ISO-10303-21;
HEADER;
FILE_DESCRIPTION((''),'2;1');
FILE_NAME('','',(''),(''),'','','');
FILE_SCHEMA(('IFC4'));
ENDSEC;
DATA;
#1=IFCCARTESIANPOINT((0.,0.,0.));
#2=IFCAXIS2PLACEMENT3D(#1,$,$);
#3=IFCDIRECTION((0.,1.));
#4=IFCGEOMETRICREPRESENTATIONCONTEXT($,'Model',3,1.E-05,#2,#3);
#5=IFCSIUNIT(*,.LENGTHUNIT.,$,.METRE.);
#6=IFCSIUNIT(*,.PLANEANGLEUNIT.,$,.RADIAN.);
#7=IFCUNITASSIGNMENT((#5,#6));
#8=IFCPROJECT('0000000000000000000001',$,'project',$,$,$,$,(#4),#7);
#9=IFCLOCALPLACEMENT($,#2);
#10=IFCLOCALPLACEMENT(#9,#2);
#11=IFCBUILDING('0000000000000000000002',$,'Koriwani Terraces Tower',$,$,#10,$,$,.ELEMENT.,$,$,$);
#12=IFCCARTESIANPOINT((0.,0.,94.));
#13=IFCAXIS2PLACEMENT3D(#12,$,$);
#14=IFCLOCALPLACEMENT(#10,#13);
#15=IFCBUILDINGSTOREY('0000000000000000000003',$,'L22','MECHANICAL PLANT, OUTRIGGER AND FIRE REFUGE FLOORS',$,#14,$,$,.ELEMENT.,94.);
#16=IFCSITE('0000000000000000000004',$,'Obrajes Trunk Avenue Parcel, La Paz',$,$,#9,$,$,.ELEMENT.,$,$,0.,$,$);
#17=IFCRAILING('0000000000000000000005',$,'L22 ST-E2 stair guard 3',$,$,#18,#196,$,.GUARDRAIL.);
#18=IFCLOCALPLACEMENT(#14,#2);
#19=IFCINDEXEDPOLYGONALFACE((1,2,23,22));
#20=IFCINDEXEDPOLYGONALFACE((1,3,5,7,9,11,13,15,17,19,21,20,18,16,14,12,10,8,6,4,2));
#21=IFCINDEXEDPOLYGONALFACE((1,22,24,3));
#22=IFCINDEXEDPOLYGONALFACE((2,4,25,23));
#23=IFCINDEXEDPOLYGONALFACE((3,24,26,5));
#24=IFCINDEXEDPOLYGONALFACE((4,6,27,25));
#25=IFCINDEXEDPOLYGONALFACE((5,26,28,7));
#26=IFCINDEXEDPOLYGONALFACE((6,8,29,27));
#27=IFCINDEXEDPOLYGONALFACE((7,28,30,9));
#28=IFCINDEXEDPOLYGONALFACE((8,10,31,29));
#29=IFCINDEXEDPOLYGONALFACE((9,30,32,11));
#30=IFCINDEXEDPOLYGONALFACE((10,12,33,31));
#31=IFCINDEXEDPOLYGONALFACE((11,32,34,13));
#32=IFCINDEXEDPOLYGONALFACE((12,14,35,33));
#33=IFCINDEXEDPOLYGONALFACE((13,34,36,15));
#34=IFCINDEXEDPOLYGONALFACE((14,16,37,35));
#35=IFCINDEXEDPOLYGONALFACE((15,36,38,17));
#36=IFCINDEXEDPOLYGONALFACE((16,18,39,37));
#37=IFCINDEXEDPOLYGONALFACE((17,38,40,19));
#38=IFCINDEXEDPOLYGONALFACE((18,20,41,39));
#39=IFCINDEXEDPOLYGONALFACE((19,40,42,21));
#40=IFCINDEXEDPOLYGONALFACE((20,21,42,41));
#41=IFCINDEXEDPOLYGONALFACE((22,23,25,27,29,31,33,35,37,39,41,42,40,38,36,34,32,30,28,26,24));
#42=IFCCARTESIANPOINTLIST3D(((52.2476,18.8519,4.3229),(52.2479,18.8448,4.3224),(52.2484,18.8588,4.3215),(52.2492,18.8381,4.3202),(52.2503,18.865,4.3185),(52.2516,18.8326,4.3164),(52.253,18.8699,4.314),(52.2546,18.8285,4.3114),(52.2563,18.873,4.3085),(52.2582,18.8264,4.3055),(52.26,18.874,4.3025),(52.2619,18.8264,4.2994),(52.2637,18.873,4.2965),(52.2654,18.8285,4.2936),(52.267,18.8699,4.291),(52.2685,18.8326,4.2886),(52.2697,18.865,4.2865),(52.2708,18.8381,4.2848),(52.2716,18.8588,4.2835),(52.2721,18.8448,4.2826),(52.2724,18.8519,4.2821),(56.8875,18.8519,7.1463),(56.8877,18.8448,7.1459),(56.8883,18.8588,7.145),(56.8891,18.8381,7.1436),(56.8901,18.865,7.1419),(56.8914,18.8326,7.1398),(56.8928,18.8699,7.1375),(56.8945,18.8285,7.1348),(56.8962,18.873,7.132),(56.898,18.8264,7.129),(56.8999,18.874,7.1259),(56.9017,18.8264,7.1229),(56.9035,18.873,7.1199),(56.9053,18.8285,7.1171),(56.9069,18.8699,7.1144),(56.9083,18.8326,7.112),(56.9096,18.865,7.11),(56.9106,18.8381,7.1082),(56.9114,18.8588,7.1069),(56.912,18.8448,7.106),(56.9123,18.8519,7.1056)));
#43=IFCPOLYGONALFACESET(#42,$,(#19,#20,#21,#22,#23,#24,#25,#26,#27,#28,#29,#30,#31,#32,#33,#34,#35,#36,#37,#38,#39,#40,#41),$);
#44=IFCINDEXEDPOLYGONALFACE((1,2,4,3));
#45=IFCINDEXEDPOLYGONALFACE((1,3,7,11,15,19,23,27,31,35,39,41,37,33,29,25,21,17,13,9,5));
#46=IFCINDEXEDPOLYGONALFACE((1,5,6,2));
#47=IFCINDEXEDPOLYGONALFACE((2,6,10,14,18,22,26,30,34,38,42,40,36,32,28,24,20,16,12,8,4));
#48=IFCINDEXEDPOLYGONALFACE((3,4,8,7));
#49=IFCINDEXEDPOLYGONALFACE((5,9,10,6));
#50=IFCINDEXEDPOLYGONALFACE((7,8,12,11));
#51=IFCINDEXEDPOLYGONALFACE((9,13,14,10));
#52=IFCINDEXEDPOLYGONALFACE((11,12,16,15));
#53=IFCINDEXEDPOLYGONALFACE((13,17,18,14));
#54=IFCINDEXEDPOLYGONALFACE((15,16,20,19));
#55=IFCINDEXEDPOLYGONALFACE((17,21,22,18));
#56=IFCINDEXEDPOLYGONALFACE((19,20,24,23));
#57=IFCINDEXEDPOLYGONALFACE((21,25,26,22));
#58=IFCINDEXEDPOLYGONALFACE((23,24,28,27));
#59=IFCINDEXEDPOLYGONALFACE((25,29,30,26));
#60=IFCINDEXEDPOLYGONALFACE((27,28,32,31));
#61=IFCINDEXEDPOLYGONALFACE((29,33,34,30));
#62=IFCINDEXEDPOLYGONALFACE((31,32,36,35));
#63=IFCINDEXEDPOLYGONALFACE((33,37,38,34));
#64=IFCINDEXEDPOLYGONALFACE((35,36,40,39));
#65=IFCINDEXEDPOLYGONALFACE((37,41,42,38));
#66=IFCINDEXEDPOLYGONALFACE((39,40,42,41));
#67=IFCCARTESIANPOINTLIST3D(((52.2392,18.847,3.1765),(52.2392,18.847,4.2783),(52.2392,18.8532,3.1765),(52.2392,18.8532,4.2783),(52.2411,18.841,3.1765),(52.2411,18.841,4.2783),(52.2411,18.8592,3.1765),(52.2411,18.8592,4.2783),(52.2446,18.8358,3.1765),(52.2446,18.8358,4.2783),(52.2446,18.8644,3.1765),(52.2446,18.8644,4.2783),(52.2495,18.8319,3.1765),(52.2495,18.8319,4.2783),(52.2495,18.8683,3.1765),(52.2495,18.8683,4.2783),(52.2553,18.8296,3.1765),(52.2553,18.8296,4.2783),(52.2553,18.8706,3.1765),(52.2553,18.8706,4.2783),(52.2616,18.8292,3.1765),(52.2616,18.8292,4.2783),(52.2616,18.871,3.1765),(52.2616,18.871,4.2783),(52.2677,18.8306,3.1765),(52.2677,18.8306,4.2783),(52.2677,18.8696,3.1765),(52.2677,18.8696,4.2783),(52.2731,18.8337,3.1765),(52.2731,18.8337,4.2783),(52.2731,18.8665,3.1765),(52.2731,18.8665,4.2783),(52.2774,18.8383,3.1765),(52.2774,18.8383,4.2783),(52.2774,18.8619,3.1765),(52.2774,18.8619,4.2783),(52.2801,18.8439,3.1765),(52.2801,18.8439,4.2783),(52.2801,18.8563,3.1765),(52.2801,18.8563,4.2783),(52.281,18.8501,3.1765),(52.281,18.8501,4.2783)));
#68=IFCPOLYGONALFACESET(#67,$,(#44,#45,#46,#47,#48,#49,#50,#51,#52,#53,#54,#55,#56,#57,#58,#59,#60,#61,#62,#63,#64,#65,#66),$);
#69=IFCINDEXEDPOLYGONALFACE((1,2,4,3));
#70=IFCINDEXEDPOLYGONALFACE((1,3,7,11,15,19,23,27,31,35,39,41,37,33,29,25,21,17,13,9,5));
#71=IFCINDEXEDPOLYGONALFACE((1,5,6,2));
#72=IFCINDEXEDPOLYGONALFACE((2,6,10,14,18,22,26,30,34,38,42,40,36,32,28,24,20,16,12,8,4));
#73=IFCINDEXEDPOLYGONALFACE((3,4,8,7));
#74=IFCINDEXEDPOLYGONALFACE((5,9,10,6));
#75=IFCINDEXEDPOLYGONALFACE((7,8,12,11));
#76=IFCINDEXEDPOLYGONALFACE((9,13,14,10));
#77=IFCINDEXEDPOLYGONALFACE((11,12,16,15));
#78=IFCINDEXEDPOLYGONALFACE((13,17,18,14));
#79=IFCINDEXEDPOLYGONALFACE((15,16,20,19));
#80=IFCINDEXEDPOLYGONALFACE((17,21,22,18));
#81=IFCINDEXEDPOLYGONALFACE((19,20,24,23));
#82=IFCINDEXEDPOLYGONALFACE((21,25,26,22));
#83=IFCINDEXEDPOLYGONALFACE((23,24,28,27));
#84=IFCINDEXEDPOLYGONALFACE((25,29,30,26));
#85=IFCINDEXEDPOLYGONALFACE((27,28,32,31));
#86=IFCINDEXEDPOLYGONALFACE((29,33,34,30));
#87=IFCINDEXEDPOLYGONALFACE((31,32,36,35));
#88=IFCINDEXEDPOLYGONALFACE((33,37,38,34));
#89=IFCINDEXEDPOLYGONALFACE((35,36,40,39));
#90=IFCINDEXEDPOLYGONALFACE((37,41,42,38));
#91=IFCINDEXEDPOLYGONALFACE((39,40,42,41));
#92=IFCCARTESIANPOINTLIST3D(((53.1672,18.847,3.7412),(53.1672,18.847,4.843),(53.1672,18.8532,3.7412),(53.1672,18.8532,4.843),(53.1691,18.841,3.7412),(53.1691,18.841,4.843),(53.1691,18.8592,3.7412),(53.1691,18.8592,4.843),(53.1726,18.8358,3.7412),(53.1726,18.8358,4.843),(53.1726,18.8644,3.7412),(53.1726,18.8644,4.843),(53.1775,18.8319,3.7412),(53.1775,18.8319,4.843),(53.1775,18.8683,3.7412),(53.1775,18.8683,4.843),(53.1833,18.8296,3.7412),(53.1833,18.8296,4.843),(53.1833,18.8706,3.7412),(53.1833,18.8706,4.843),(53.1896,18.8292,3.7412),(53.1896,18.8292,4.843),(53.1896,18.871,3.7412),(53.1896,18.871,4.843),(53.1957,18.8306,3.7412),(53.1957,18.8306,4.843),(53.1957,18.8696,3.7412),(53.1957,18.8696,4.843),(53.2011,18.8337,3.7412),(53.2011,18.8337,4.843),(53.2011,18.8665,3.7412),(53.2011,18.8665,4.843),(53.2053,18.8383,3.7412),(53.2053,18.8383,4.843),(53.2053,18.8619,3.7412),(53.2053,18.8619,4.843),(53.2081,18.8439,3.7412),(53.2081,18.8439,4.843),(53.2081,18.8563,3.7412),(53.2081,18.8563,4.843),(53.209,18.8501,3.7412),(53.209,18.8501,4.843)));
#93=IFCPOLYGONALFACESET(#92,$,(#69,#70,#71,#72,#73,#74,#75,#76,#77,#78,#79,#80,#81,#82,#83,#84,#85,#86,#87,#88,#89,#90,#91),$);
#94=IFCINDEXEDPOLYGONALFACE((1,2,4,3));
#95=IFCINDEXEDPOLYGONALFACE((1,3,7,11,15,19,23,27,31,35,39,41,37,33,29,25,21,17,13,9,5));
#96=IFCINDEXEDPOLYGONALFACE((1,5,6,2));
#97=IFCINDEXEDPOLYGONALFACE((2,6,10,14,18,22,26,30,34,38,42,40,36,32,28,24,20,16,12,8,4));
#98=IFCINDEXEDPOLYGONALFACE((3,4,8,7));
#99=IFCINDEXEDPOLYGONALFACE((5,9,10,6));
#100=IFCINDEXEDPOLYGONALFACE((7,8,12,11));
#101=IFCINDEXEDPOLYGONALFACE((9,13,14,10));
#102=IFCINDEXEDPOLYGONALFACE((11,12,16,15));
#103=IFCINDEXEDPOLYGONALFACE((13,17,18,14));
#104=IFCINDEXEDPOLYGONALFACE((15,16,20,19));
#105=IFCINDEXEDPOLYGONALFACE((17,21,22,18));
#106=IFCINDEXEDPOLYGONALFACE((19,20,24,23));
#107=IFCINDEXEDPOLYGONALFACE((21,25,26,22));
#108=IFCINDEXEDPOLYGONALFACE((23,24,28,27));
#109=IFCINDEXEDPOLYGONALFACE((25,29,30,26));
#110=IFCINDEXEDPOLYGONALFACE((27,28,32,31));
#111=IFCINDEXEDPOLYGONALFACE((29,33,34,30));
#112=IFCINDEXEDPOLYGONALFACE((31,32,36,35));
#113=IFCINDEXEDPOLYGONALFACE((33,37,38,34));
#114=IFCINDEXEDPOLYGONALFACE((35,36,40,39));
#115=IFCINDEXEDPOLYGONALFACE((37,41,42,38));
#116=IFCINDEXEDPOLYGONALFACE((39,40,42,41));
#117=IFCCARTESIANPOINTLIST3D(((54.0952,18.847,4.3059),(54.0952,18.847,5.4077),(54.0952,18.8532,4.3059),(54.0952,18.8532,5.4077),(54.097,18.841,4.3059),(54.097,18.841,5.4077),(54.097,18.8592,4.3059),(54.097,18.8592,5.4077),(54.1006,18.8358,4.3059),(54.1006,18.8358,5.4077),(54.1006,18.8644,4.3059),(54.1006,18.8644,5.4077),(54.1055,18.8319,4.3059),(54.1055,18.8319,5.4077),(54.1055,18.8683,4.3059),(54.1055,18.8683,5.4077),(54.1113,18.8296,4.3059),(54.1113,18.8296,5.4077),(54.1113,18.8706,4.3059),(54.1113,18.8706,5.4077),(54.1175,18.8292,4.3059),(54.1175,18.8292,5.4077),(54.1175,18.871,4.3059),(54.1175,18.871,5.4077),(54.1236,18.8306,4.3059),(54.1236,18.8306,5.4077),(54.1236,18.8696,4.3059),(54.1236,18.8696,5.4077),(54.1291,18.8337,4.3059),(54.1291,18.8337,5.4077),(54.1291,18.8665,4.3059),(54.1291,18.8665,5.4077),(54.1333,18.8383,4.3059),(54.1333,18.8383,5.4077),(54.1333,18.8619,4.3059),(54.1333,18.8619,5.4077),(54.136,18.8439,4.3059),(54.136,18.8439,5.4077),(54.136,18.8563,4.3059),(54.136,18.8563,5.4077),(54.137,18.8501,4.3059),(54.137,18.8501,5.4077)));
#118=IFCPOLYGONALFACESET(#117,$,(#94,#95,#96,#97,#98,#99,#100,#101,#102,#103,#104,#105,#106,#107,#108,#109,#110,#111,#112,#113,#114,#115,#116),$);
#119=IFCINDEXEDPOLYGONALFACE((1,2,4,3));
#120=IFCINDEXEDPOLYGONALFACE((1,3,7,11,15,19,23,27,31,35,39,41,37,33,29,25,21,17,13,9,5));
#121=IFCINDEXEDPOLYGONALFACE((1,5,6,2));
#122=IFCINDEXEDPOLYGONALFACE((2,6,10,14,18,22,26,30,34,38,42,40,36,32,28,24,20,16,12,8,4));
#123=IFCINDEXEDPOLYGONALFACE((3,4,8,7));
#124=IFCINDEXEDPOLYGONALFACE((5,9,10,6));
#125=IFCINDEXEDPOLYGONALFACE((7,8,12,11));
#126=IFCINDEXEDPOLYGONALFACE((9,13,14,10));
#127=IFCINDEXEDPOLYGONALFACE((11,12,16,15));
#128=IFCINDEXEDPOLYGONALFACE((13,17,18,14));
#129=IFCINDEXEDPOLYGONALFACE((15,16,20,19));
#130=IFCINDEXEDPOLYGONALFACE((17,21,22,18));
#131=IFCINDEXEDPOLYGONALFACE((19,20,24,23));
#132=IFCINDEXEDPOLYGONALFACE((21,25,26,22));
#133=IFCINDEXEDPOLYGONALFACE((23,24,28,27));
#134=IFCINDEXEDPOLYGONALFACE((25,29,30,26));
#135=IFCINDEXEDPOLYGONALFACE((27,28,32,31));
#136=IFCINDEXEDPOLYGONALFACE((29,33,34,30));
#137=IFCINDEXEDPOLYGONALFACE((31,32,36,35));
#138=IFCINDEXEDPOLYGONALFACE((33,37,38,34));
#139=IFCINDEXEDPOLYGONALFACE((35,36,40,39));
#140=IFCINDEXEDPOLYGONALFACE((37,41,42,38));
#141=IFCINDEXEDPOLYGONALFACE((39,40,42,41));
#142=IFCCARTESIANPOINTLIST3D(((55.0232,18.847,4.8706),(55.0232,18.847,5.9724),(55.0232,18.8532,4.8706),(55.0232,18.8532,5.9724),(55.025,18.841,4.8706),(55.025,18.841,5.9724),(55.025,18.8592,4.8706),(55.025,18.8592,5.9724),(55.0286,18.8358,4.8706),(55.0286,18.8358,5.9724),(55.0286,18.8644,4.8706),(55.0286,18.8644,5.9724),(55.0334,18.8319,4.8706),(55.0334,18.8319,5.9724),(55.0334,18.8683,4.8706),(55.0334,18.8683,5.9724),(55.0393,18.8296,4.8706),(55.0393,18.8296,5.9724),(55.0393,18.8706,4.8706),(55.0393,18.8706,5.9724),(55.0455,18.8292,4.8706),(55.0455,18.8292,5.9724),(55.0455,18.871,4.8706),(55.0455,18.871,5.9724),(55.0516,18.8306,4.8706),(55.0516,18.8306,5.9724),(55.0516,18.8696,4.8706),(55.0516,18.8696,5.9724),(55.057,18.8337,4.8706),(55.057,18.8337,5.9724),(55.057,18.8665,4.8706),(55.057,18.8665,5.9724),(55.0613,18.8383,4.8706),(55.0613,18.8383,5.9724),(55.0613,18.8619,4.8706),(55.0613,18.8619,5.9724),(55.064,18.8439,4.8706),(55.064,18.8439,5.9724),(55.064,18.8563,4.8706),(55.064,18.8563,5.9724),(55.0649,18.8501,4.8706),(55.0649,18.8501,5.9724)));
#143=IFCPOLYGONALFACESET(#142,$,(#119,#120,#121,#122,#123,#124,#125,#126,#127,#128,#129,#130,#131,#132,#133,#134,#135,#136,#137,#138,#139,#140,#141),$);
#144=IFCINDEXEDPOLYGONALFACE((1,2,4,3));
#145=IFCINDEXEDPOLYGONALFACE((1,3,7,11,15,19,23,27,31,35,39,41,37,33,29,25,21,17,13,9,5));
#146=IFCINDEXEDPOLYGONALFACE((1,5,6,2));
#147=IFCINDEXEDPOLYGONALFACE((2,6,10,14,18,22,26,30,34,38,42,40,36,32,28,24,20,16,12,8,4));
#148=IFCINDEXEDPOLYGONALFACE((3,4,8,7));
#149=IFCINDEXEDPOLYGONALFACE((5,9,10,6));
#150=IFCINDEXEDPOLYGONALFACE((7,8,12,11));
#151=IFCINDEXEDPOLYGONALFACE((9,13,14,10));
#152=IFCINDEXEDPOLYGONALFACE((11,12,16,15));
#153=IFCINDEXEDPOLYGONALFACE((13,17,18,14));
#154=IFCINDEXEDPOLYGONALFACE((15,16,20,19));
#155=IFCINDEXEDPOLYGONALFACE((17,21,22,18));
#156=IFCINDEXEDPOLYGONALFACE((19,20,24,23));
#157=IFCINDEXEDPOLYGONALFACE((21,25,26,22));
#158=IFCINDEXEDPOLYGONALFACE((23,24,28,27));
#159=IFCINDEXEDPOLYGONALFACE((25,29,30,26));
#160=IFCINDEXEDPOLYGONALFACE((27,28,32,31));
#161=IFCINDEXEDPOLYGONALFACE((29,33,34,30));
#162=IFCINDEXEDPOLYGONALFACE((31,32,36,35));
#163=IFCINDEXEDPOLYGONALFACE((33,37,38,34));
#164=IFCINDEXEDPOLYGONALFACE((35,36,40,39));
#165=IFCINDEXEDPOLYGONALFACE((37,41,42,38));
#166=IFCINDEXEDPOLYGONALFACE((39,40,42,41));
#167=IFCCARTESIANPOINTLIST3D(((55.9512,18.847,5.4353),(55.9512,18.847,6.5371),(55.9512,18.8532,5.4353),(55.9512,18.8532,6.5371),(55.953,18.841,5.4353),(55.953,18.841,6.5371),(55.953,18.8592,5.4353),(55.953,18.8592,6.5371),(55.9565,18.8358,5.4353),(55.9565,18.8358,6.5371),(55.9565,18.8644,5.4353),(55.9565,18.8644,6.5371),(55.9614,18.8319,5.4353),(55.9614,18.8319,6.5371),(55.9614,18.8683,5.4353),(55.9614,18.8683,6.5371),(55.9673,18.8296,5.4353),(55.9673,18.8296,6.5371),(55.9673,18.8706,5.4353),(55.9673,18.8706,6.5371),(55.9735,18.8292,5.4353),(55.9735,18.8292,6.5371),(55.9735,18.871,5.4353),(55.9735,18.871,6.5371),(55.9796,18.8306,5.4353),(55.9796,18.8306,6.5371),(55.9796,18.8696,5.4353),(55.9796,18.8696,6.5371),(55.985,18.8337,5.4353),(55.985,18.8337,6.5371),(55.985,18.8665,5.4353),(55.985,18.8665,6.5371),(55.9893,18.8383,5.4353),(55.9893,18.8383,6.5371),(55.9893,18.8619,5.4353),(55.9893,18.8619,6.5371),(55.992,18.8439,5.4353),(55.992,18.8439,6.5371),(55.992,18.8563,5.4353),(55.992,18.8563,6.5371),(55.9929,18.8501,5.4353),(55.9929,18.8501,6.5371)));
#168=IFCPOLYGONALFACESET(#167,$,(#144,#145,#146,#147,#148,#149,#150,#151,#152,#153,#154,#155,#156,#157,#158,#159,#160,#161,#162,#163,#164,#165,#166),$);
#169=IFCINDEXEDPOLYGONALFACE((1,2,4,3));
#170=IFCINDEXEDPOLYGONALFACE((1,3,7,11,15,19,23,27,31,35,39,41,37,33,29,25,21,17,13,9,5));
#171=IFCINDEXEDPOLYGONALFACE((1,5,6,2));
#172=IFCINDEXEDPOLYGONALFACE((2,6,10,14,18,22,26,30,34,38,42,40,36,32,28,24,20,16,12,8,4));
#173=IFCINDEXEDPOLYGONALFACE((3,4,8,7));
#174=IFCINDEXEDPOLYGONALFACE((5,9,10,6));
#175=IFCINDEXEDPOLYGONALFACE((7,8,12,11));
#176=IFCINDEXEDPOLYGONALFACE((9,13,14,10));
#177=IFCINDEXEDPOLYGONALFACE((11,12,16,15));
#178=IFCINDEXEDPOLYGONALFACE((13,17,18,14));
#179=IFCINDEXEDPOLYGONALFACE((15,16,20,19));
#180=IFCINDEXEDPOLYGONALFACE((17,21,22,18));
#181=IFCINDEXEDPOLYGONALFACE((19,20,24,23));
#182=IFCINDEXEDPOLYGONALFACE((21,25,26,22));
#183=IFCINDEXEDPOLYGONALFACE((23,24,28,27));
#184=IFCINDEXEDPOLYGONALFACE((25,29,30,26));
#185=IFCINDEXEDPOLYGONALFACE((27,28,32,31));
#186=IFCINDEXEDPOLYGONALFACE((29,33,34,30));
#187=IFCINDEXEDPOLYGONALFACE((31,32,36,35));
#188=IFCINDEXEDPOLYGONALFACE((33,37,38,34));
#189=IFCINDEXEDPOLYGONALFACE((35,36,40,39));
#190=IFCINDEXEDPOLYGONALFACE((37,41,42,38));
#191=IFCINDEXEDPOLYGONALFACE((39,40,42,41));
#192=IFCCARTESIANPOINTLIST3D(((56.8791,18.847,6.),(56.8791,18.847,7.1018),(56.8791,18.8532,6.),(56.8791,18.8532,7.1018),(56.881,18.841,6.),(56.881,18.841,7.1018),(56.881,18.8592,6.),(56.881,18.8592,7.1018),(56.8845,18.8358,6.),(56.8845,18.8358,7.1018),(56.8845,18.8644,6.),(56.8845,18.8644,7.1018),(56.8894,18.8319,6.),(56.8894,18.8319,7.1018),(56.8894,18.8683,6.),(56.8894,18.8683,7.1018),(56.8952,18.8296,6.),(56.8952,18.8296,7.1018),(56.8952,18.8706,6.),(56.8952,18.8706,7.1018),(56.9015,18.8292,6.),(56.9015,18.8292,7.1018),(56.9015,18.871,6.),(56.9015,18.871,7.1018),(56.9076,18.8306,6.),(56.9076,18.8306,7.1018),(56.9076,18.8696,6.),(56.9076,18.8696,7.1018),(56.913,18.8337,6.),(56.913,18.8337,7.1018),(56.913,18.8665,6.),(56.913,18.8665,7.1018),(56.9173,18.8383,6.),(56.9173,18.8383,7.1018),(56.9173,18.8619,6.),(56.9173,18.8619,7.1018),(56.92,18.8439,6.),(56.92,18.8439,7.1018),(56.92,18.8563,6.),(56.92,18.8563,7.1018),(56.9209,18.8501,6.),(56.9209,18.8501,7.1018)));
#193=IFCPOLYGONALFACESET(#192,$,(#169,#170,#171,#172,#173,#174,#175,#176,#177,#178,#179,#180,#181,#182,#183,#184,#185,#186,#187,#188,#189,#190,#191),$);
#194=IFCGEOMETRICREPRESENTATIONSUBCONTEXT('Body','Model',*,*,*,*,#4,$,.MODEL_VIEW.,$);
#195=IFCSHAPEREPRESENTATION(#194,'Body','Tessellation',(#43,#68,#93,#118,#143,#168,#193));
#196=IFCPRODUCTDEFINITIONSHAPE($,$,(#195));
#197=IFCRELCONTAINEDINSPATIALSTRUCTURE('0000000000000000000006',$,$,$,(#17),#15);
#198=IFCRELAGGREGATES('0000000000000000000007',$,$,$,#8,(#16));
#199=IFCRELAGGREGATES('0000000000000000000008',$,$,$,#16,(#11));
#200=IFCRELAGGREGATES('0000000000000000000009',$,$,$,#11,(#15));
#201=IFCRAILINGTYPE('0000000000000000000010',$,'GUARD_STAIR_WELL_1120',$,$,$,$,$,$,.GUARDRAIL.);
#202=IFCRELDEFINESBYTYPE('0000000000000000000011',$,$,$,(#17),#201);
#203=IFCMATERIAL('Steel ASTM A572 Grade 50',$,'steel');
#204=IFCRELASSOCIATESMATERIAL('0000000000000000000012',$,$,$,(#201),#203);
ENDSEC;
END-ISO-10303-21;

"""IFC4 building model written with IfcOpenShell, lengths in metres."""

from ifc_helpers import new_model, si_unit, direction, frame, origin, origin_2d, place, context, subcontext, project, spatial, circle, extrude, material, type_object, element, save


model = new_model("IFC4")

# Units and contexts
model_context = context("Model", 3, precision=1e-05, world=origin(), true_north=direction((0.0, 1.0)))
body_context = subcontext(model_context, "Body", "Model", "MODEL_VIEW")
ifc_project = project(units=[si_unit("LENGTHUNIT", "METRE"), si_unit("PLANEANGLEUNIT", "RADIAN")], contexts=[model_context])

# Site, building, storey
site_placement = place(None, origin())
site = spatial("IfcSite", under=ifc_project, at=site_placement, Name="Obrajes Trunk Avenue Parcel, La Paz", CompositionType="ELEMENT", RefElevation=0.0)
building_placement = place(site_placement, origin())
building = spatial("IfcBuilding", under=site, at=building_placement, Name="Koriwani Terraces Tower", CompositionType="ELEMENT")
storey_placement = place(building_placement, frame((0.0, 0.0, 94.0)))
storey = spatial("IfcBuildingStorey", under=building, at=storey_placement, Name="L22", Description="MECHANICAL PLANT, OUTRIGGER AND FIRE REFUGE FLOORS", CompositionType="ELEMENT", Elevation=94.0)

# Shared definitions
ifc_material_1 = material(Name="Steel ASTM A572 Grade 50", Category="steel")

# Railing
railing_type_1 = type_object("IfcRailingType", Name="GUARD_STAIR_WELL_1120", PredefinedType="GUARDRAIL", material=ifc_material_1)
railing_1_placement = place(storey_placement, frame((52.26, 18.8501, 3.1765)))
element("IfcRailing", 1, at=railing_1_placement, inside=storey, type_object=railing_type_1, Name="L22 ST-E2 stair guard 3", PredefinedType="GUARDRAIL", context=body_context, shape_type="SweptSolid", body=[
    extrude(circle(Radius=0.0239, at=origin_2d()), frame((0.0, 0.0, 1.126), z_axis=(0.854264, 0.0, 0.51984), x_axis=(0.0, 1.0, 0.0)), (0.0, 0.0, 1.0), 5.4314),
    extrude(circle(Radius=0.021, at=origin_2d()), origin(), (0.0, 0.0, 1.0), 1.1018),
    extrude(circle(Radius=0.021, at=origin_2d()), frame((0.928, 0.0, 0.5647)), (0.0, 0.0, 1.0), 1.1018),
    extrude(circle(Radius=0.021, at=origin_2d()), frame((1.856, 0.0, 1.1294)), (0.0, 0.0, 1.0), 1.1018),
    extrude(circle(Radius=0.021, at=origin_2d()), frame((2.7839, 0.0, 1.6941)), (0.0, 0.0, 1.0), 1.1018),
    extrude(circle(Radius=0.021, at=origin_2d()), frame((3.7119, 0.0, 2.2588)), (0.0, 0.0, 1.0), 1.1018),
    extrude(circle(Radius=0.021, at=origin_2d()), frame((4.6399, 0.0, 2.8235)), (0.0, 0.0, 1.0), 1.1018),
])

save(model, "model.ifc")
